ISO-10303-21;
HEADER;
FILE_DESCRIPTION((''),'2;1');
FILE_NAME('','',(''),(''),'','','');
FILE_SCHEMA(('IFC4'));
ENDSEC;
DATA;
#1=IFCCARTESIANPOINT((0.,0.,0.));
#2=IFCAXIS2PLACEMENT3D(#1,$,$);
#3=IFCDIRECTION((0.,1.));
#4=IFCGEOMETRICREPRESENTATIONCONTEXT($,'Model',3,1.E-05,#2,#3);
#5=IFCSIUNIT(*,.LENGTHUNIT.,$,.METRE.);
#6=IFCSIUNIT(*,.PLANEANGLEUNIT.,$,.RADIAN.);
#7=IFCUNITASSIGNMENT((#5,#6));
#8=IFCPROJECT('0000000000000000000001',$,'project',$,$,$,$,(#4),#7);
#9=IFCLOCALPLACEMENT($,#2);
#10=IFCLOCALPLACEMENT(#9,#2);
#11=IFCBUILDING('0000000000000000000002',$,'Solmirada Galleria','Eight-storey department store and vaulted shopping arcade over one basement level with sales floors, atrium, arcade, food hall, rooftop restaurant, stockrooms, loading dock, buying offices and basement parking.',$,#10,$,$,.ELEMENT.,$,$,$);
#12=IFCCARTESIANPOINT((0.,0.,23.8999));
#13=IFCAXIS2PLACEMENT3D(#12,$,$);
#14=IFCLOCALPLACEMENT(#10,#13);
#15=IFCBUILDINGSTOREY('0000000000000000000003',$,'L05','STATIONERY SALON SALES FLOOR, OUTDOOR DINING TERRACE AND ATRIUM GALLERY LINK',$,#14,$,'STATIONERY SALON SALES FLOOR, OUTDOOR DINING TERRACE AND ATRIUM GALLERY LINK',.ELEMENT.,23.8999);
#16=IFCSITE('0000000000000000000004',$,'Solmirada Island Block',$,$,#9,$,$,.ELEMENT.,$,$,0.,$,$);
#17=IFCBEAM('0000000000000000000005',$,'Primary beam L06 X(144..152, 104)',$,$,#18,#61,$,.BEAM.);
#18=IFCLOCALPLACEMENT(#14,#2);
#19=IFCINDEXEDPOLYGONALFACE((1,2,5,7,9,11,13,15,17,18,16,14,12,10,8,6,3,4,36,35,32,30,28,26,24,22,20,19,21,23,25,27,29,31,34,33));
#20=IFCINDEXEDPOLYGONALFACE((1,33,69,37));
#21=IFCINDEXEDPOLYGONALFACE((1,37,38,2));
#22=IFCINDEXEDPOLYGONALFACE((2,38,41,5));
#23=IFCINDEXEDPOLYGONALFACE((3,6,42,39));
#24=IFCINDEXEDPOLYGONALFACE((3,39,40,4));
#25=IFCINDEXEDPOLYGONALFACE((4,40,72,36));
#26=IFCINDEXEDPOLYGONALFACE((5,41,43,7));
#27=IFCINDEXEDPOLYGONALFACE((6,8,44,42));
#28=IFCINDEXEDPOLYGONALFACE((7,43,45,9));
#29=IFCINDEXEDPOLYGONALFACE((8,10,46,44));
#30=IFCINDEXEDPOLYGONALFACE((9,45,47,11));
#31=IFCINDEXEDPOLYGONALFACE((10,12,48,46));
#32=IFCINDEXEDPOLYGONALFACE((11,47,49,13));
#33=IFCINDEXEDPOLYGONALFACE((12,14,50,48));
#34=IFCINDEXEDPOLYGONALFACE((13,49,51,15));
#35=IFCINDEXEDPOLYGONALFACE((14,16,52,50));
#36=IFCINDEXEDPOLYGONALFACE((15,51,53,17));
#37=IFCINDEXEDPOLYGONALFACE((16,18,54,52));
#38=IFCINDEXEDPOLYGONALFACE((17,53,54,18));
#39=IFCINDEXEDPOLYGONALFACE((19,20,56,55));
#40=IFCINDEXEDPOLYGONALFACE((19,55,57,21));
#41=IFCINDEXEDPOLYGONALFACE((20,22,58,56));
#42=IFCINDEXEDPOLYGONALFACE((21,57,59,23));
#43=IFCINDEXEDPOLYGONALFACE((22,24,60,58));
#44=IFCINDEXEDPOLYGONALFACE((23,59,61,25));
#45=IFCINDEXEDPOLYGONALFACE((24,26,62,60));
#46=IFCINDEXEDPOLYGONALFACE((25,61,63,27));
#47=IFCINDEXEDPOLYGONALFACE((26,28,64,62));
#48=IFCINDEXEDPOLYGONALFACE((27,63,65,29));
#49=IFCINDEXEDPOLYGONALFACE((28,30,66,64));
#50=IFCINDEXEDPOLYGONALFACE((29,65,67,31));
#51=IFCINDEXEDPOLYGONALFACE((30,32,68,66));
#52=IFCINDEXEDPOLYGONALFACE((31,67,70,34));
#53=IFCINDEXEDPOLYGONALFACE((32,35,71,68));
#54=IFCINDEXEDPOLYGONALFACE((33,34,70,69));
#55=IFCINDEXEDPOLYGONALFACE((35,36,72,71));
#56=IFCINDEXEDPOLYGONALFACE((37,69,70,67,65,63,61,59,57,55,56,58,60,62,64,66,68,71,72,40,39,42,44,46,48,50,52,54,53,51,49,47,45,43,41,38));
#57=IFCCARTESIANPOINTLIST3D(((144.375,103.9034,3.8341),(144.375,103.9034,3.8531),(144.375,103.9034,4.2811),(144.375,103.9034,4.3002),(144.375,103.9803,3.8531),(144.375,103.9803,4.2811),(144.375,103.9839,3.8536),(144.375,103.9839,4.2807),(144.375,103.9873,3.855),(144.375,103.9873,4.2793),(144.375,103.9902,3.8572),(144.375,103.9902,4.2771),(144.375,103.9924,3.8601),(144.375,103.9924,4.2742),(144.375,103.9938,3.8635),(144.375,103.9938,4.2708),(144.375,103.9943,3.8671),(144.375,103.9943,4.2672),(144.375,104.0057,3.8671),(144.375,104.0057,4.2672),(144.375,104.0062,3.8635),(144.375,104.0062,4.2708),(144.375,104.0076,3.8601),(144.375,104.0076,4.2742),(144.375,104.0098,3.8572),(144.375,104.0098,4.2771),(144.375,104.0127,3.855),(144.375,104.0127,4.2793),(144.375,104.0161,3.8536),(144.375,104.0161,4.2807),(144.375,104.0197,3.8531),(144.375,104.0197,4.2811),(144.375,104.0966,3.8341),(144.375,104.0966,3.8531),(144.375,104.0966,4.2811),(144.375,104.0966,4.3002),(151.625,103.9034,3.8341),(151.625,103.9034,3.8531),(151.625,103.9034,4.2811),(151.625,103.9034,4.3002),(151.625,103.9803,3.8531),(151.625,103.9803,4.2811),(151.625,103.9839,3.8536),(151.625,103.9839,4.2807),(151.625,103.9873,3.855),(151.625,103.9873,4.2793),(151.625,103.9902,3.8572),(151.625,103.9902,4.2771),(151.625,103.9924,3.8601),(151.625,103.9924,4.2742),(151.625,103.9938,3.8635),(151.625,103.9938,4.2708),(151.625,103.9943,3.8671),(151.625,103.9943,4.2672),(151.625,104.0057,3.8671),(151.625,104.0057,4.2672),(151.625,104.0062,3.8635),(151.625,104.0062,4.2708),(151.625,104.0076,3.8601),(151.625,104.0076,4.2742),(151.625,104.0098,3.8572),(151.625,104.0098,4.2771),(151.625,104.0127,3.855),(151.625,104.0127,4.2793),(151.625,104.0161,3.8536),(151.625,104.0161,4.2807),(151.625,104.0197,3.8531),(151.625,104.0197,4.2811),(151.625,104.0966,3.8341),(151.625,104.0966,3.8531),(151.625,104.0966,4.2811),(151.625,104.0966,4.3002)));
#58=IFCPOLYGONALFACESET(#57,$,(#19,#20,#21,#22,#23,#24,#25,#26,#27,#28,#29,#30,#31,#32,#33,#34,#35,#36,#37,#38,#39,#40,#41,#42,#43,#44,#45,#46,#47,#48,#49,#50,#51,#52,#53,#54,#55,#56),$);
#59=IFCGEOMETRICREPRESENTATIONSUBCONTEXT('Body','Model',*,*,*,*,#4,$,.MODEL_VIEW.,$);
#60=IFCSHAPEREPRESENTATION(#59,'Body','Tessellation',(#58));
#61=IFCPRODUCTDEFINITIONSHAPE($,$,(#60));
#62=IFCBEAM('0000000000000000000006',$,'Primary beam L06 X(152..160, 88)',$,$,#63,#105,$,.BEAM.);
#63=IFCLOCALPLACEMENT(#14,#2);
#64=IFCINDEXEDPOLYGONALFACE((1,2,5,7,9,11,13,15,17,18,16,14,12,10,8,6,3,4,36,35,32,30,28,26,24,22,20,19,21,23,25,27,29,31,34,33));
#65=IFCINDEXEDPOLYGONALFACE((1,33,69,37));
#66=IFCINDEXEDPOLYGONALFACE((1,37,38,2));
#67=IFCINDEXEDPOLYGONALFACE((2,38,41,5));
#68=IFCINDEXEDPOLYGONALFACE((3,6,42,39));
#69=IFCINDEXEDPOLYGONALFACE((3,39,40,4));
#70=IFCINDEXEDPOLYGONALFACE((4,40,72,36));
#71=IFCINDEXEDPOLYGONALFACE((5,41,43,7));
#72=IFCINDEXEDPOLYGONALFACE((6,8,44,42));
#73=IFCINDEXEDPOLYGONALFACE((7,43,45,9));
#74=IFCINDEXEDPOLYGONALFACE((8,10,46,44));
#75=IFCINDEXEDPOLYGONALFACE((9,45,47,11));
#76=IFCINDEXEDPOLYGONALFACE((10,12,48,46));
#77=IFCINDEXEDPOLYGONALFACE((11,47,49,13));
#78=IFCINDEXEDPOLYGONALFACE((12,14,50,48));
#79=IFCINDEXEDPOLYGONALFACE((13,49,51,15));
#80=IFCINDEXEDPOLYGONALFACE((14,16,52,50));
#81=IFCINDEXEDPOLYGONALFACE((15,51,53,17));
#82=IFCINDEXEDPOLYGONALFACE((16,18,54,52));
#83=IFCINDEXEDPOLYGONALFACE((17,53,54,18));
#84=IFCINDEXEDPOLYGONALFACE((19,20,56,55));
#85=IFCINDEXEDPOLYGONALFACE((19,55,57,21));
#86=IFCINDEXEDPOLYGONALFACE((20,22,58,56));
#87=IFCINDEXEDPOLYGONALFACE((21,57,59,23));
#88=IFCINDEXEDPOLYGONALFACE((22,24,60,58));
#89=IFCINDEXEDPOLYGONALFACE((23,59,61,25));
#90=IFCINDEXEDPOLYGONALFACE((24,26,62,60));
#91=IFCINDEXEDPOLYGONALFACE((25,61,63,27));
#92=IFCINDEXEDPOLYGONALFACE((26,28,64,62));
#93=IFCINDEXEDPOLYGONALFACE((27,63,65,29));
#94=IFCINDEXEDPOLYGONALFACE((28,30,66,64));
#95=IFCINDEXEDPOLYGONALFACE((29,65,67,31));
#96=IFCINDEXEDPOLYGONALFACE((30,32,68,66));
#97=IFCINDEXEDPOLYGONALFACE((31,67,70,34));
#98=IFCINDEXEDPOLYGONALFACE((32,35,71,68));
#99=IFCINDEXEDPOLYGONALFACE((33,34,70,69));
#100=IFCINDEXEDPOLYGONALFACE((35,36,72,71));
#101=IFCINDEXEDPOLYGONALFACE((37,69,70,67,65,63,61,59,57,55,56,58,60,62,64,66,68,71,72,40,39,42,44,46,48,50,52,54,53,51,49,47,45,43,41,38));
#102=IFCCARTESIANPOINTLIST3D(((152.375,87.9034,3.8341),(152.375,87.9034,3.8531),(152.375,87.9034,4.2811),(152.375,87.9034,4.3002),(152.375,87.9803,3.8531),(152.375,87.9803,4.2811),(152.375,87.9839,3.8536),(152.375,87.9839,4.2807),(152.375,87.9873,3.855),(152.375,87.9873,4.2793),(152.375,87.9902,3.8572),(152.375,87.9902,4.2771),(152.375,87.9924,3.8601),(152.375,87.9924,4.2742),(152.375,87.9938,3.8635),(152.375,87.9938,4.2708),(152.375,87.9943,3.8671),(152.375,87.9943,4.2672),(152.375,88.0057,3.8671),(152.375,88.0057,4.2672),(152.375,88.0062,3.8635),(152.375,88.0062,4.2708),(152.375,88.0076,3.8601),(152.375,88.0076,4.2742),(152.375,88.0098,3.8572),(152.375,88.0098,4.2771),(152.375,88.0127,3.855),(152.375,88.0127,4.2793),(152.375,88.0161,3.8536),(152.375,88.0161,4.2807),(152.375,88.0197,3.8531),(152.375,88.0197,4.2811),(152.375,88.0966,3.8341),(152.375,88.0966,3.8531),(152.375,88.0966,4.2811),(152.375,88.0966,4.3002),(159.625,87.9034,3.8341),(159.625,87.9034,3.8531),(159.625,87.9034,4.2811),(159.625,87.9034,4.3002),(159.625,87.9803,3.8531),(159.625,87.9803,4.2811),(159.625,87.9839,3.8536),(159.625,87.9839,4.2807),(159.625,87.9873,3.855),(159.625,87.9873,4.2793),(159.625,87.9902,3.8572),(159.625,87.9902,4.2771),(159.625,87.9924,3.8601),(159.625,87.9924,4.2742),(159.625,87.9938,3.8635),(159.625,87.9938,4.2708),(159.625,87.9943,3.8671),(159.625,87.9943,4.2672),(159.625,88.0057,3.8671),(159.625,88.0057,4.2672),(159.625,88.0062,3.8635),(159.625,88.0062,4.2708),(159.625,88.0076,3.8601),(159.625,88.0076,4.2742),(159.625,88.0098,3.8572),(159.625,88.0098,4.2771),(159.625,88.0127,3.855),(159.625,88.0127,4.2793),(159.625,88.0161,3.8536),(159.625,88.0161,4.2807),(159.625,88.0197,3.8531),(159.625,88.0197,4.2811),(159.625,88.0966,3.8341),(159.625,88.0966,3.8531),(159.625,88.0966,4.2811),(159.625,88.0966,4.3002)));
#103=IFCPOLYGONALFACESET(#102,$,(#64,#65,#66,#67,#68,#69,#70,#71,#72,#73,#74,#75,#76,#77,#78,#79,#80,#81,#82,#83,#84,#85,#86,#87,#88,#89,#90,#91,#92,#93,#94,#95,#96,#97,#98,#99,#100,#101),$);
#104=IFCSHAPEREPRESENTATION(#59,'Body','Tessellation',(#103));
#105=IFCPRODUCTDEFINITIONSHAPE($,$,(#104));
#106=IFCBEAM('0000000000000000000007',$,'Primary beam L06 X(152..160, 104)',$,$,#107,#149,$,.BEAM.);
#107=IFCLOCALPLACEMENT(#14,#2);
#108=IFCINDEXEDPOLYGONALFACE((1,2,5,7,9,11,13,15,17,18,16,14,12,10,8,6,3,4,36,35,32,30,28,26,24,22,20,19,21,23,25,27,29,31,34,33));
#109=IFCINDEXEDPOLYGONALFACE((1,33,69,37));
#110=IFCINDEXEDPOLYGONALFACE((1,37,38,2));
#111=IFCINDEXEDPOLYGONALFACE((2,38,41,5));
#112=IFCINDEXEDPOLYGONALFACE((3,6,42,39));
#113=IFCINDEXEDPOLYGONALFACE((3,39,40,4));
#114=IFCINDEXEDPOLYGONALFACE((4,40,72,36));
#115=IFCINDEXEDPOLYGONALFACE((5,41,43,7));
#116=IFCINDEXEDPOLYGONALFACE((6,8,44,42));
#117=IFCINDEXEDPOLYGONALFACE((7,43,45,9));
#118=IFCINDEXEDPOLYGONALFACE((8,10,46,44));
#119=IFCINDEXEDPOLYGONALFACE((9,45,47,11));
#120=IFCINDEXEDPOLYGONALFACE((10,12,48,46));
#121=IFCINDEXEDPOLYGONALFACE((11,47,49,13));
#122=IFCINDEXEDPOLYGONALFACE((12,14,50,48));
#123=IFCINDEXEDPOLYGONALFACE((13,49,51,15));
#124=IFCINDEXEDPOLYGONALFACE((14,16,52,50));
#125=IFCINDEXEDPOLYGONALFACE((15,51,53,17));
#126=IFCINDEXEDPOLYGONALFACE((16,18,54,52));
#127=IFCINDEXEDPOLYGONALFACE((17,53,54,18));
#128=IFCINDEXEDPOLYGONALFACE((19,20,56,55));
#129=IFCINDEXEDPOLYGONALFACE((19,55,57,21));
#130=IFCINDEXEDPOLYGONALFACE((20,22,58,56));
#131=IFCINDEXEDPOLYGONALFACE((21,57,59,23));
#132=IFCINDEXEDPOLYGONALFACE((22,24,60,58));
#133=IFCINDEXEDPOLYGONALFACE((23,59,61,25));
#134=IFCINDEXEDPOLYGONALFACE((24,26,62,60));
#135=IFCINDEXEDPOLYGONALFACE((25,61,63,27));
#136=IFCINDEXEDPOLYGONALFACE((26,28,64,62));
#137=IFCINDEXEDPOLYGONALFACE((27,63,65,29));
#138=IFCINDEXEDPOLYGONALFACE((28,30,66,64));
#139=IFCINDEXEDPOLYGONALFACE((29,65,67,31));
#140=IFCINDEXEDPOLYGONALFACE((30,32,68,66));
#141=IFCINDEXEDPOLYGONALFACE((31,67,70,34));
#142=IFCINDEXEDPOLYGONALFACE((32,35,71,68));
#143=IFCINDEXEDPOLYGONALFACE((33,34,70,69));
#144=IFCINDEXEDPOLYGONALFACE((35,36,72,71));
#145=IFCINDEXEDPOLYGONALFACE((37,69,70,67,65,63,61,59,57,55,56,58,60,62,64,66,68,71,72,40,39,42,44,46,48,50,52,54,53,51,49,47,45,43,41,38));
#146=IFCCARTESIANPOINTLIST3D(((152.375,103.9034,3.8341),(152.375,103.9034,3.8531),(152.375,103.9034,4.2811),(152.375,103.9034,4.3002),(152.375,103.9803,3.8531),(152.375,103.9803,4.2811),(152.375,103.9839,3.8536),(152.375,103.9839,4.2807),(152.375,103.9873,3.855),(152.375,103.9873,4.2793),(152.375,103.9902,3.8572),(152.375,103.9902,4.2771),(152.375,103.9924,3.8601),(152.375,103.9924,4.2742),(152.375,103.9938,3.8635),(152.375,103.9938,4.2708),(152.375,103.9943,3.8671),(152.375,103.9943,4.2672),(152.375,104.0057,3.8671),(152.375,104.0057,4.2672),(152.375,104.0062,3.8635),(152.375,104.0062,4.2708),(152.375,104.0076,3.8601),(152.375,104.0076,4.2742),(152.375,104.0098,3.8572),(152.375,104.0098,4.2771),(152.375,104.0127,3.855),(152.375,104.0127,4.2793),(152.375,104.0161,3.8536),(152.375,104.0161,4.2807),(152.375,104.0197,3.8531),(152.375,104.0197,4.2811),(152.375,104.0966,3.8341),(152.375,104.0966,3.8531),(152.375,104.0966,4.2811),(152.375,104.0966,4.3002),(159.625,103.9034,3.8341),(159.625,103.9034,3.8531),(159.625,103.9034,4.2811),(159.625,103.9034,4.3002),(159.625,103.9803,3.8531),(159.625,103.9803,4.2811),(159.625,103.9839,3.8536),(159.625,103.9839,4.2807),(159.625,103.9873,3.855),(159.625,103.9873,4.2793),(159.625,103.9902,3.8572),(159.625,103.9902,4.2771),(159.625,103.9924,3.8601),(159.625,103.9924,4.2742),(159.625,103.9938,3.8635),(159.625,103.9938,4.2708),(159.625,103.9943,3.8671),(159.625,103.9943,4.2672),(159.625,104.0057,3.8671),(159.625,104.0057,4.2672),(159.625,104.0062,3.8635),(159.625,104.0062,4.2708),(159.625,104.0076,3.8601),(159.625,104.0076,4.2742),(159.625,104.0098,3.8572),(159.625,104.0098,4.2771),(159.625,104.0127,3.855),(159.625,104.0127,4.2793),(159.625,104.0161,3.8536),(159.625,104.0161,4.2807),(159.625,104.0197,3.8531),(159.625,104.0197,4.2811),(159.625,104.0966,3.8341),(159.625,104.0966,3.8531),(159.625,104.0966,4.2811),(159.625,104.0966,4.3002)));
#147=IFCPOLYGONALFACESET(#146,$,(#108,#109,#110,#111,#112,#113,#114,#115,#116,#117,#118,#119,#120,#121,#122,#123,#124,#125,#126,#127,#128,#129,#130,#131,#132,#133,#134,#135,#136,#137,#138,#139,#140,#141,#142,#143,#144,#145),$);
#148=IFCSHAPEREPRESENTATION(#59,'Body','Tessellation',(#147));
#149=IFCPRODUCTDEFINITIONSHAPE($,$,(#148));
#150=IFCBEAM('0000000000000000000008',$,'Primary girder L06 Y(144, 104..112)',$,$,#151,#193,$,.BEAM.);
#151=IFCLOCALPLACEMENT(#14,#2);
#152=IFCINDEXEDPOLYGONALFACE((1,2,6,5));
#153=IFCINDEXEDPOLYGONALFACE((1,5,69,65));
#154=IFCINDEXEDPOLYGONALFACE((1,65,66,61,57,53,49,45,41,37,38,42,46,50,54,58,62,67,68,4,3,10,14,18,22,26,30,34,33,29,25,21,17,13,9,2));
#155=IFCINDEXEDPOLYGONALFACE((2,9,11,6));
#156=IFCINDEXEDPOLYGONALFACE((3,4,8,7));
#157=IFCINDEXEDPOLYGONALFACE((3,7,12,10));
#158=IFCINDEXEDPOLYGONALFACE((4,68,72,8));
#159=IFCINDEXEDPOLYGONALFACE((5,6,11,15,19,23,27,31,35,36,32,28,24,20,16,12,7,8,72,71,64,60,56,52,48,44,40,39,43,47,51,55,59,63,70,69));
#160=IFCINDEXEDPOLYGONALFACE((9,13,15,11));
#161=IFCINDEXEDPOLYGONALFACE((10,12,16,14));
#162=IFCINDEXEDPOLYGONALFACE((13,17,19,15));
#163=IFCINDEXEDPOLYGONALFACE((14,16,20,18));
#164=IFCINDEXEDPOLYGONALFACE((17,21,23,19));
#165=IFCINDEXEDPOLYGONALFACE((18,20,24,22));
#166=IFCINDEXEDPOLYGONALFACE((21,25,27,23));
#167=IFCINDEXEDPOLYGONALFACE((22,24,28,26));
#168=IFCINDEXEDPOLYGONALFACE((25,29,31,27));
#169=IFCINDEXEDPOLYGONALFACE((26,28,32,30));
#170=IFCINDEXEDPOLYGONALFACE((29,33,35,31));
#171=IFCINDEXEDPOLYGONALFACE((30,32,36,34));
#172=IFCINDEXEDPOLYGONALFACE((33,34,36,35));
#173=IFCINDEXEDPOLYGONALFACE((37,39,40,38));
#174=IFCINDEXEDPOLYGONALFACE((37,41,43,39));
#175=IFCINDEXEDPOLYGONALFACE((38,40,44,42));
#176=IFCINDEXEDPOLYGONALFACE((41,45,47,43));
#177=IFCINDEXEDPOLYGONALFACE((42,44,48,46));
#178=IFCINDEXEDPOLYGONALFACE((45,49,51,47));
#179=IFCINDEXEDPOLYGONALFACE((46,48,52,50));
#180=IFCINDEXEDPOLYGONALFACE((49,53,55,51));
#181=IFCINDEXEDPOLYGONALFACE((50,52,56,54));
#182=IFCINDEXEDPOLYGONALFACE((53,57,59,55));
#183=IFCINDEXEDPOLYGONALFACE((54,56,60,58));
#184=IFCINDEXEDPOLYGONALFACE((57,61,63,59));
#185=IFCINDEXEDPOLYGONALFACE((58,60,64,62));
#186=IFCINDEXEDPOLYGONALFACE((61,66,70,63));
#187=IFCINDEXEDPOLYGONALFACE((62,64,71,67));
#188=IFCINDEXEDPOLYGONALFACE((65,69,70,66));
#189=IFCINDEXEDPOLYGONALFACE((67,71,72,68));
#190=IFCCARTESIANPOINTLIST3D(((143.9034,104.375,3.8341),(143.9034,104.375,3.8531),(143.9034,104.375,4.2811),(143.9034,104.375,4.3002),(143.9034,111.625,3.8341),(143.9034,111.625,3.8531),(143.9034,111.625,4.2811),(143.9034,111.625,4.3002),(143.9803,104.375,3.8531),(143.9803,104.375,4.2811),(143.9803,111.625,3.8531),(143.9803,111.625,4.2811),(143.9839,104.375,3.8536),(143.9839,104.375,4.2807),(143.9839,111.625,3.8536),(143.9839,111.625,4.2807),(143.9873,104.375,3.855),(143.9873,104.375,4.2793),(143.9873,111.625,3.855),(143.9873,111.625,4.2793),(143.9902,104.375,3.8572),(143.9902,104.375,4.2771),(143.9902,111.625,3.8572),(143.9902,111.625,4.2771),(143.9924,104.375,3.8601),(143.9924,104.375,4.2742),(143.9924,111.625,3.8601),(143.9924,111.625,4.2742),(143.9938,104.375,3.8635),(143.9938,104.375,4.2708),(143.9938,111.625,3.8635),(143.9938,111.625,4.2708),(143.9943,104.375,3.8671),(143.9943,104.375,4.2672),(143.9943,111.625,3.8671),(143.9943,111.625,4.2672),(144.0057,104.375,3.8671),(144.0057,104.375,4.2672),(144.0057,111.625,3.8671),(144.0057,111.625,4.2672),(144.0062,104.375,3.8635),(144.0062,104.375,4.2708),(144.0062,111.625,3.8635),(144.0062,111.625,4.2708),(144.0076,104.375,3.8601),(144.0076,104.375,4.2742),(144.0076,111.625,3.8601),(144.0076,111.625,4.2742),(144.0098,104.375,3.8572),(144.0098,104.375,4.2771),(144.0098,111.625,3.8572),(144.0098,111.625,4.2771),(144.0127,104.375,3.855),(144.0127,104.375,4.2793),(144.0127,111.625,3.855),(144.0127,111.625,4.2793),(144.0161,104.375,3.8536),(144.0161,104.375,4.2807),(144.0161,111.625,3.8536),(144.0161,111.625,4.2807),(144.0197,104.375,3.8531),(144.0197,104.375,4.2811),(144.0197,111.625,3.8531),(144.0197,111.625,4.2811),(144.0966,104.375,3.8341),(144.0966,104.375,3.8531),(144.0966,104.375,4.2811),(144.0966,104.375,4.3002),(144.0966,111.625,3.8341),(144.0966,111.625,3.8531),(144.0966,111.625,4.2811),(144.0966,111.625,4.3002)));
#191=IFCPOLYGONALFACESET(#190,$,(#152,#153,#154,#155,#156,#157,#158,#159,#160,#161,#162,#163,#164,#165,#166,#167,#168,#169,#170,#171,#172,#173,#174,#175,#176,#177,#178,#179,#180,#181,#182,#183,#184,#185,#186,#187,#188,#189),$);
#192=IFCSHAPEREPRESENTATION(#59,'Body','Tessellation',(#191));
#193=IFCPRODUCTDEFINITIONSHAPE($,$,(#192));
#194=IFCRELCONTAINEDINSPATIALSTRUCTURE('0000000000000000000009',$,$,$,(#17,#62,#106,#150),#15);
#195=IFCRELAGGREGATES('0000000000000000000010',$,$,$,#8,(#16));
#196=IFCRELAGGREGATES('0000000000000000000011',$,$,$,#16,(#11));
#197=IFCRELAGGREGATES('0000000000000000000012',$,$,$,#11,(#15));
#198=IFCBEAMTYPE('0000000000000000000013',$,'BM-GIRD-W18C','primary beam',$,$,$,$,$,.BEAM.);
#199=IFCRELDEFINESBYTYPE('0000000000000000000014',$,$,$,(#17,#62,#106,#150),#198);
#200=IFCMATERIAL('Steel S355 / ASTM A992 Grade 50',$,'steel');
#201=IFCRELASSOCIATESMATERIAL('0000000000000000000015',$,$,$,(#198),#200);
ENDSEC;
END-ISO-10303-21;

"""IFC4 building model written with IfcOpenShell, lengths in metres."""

from ifc_helpers import new_model, si_unit, direction, frame, origin, origin_2d, place, context, subcontext, project, spatial, i_section, extrude, material, material_profile, profile_set, type_object, element, save


model = new_model("IFC4")

# Units and contexts
model_context = context("Model", 3, precision=1e-05, world=origin(), true_north=direction((0.0, 1.0)))
body_context = subcontext(model_context, "Body", "Model", "MODEL_VIEW")
ifc_project = project(units=[si_unit("LENGTHUNIT", "METRE"), si_unit("PLANEANGLEUNIT", "RADIAN")], contexts=[model_context])

# Site, building, storey
site_placement = place(None, origin())
site = spatial("IfcSite", under=ifc_project, at=site_placement, Name="Solmirada Island Block", CompositionType="ELEMENT", RefElevation=0.0)
building_placement = place(site_placement, origin())
building = spatial("IfcBuilding", under=site, at=building_placement, Name="Solmirada Galleria", Description="Eight-storey department store and vaulted shopping arcade over one basement level with sales floors, atrium, arcade, food hall, rooftop restaurant, stockrooms, loading dock, buying offices and basement parking.", CompositionType="ELEMENT")
storey_placement = place(building_placement, frame((0.0, 0.0, 23.8999)))
storey = spatial("IfcBuildingStorey", under=building, at=storey_placement, Name="L05", Description="STATIONERY SALON SALES FLOOR, OUTDOOR DINING TERRACE AND ATRIUM GALLERY LINK", LongName="STATIONERY SALON SALES FLOOR, OUTDOOR DINING TERRACE AND ATRIUM GALLERY LINK", CompositionType="ELEMENT", Elevation=23.8999)

# Beams
ifc_material_1 = material(Name="Steel S355 / ASTM A992 Grade 50", Category="steel")
ifc_material_profile_1 = material_profile(ifc_material_1, i_section(OverallWidth=0.1931, OverallDepth=0.4661, WebThickness=0.0115, FlangeThickness=0.019, FilletRadius=0.0139, at=origin_2d()), Name="W18X65")
ifc_profile_set_1 = profile_set([ifc_material_profile_1], Name="Steel S355 / ASTM A992 Grade 50")
beam_type_1 = type_object("IfcBeamType", Name="BM-GIRD-W18C", Description="primary beam", PredefinedType="BEAM", material=ifc_profile_set_1)
for number, where, z_axis, x_axis, name in (
    (1, (144.375, 104.0, 4.0671), (1.0, 0.0, 0.0), (0.0, 1.0, 0.0), "Primary beam L06 X(144..152, 104)"),
    (2, (152.375, 88.0, 4.0671), (1.0, 0.0, 0.0), (0.0, 1.0, 0.0), "Primary beam L06 X(152..160, 88)"),
    (3, (152.375, 104.0, 4.0671), (1.0, 0.0, 0.0), (0.0, 1.0, 0.0), "Primary beam L06 X(152..160, 104)"),
    (4, (144.0, 104.375, 4.0671), (0.0, 1.0, 0.0), (-1.0, 0.0, 0.0), "Primary girder L06 Y(144, 104..112)"),
):
    element("IfcBeam", number, at=place(storey_placement, frame(where, z_axis=z_axis, x_axis=x_axis)), inside=storey, type_object=beam_type_1, Name=name, PredefinedType="BEAM", context=body_context, shape_type="SweptSolid", body=[
        extrude(i_section(OverallWidth=0.1931, OverallDepth=0.4661, WebThickness=0.0115, FlangeThickness=0.019, FilletRadius=0.0139, at=origin_2d()), origin(), (0.0, 0.0, 1.0), 7.25),
    ])

save(model, "model.ifc")
